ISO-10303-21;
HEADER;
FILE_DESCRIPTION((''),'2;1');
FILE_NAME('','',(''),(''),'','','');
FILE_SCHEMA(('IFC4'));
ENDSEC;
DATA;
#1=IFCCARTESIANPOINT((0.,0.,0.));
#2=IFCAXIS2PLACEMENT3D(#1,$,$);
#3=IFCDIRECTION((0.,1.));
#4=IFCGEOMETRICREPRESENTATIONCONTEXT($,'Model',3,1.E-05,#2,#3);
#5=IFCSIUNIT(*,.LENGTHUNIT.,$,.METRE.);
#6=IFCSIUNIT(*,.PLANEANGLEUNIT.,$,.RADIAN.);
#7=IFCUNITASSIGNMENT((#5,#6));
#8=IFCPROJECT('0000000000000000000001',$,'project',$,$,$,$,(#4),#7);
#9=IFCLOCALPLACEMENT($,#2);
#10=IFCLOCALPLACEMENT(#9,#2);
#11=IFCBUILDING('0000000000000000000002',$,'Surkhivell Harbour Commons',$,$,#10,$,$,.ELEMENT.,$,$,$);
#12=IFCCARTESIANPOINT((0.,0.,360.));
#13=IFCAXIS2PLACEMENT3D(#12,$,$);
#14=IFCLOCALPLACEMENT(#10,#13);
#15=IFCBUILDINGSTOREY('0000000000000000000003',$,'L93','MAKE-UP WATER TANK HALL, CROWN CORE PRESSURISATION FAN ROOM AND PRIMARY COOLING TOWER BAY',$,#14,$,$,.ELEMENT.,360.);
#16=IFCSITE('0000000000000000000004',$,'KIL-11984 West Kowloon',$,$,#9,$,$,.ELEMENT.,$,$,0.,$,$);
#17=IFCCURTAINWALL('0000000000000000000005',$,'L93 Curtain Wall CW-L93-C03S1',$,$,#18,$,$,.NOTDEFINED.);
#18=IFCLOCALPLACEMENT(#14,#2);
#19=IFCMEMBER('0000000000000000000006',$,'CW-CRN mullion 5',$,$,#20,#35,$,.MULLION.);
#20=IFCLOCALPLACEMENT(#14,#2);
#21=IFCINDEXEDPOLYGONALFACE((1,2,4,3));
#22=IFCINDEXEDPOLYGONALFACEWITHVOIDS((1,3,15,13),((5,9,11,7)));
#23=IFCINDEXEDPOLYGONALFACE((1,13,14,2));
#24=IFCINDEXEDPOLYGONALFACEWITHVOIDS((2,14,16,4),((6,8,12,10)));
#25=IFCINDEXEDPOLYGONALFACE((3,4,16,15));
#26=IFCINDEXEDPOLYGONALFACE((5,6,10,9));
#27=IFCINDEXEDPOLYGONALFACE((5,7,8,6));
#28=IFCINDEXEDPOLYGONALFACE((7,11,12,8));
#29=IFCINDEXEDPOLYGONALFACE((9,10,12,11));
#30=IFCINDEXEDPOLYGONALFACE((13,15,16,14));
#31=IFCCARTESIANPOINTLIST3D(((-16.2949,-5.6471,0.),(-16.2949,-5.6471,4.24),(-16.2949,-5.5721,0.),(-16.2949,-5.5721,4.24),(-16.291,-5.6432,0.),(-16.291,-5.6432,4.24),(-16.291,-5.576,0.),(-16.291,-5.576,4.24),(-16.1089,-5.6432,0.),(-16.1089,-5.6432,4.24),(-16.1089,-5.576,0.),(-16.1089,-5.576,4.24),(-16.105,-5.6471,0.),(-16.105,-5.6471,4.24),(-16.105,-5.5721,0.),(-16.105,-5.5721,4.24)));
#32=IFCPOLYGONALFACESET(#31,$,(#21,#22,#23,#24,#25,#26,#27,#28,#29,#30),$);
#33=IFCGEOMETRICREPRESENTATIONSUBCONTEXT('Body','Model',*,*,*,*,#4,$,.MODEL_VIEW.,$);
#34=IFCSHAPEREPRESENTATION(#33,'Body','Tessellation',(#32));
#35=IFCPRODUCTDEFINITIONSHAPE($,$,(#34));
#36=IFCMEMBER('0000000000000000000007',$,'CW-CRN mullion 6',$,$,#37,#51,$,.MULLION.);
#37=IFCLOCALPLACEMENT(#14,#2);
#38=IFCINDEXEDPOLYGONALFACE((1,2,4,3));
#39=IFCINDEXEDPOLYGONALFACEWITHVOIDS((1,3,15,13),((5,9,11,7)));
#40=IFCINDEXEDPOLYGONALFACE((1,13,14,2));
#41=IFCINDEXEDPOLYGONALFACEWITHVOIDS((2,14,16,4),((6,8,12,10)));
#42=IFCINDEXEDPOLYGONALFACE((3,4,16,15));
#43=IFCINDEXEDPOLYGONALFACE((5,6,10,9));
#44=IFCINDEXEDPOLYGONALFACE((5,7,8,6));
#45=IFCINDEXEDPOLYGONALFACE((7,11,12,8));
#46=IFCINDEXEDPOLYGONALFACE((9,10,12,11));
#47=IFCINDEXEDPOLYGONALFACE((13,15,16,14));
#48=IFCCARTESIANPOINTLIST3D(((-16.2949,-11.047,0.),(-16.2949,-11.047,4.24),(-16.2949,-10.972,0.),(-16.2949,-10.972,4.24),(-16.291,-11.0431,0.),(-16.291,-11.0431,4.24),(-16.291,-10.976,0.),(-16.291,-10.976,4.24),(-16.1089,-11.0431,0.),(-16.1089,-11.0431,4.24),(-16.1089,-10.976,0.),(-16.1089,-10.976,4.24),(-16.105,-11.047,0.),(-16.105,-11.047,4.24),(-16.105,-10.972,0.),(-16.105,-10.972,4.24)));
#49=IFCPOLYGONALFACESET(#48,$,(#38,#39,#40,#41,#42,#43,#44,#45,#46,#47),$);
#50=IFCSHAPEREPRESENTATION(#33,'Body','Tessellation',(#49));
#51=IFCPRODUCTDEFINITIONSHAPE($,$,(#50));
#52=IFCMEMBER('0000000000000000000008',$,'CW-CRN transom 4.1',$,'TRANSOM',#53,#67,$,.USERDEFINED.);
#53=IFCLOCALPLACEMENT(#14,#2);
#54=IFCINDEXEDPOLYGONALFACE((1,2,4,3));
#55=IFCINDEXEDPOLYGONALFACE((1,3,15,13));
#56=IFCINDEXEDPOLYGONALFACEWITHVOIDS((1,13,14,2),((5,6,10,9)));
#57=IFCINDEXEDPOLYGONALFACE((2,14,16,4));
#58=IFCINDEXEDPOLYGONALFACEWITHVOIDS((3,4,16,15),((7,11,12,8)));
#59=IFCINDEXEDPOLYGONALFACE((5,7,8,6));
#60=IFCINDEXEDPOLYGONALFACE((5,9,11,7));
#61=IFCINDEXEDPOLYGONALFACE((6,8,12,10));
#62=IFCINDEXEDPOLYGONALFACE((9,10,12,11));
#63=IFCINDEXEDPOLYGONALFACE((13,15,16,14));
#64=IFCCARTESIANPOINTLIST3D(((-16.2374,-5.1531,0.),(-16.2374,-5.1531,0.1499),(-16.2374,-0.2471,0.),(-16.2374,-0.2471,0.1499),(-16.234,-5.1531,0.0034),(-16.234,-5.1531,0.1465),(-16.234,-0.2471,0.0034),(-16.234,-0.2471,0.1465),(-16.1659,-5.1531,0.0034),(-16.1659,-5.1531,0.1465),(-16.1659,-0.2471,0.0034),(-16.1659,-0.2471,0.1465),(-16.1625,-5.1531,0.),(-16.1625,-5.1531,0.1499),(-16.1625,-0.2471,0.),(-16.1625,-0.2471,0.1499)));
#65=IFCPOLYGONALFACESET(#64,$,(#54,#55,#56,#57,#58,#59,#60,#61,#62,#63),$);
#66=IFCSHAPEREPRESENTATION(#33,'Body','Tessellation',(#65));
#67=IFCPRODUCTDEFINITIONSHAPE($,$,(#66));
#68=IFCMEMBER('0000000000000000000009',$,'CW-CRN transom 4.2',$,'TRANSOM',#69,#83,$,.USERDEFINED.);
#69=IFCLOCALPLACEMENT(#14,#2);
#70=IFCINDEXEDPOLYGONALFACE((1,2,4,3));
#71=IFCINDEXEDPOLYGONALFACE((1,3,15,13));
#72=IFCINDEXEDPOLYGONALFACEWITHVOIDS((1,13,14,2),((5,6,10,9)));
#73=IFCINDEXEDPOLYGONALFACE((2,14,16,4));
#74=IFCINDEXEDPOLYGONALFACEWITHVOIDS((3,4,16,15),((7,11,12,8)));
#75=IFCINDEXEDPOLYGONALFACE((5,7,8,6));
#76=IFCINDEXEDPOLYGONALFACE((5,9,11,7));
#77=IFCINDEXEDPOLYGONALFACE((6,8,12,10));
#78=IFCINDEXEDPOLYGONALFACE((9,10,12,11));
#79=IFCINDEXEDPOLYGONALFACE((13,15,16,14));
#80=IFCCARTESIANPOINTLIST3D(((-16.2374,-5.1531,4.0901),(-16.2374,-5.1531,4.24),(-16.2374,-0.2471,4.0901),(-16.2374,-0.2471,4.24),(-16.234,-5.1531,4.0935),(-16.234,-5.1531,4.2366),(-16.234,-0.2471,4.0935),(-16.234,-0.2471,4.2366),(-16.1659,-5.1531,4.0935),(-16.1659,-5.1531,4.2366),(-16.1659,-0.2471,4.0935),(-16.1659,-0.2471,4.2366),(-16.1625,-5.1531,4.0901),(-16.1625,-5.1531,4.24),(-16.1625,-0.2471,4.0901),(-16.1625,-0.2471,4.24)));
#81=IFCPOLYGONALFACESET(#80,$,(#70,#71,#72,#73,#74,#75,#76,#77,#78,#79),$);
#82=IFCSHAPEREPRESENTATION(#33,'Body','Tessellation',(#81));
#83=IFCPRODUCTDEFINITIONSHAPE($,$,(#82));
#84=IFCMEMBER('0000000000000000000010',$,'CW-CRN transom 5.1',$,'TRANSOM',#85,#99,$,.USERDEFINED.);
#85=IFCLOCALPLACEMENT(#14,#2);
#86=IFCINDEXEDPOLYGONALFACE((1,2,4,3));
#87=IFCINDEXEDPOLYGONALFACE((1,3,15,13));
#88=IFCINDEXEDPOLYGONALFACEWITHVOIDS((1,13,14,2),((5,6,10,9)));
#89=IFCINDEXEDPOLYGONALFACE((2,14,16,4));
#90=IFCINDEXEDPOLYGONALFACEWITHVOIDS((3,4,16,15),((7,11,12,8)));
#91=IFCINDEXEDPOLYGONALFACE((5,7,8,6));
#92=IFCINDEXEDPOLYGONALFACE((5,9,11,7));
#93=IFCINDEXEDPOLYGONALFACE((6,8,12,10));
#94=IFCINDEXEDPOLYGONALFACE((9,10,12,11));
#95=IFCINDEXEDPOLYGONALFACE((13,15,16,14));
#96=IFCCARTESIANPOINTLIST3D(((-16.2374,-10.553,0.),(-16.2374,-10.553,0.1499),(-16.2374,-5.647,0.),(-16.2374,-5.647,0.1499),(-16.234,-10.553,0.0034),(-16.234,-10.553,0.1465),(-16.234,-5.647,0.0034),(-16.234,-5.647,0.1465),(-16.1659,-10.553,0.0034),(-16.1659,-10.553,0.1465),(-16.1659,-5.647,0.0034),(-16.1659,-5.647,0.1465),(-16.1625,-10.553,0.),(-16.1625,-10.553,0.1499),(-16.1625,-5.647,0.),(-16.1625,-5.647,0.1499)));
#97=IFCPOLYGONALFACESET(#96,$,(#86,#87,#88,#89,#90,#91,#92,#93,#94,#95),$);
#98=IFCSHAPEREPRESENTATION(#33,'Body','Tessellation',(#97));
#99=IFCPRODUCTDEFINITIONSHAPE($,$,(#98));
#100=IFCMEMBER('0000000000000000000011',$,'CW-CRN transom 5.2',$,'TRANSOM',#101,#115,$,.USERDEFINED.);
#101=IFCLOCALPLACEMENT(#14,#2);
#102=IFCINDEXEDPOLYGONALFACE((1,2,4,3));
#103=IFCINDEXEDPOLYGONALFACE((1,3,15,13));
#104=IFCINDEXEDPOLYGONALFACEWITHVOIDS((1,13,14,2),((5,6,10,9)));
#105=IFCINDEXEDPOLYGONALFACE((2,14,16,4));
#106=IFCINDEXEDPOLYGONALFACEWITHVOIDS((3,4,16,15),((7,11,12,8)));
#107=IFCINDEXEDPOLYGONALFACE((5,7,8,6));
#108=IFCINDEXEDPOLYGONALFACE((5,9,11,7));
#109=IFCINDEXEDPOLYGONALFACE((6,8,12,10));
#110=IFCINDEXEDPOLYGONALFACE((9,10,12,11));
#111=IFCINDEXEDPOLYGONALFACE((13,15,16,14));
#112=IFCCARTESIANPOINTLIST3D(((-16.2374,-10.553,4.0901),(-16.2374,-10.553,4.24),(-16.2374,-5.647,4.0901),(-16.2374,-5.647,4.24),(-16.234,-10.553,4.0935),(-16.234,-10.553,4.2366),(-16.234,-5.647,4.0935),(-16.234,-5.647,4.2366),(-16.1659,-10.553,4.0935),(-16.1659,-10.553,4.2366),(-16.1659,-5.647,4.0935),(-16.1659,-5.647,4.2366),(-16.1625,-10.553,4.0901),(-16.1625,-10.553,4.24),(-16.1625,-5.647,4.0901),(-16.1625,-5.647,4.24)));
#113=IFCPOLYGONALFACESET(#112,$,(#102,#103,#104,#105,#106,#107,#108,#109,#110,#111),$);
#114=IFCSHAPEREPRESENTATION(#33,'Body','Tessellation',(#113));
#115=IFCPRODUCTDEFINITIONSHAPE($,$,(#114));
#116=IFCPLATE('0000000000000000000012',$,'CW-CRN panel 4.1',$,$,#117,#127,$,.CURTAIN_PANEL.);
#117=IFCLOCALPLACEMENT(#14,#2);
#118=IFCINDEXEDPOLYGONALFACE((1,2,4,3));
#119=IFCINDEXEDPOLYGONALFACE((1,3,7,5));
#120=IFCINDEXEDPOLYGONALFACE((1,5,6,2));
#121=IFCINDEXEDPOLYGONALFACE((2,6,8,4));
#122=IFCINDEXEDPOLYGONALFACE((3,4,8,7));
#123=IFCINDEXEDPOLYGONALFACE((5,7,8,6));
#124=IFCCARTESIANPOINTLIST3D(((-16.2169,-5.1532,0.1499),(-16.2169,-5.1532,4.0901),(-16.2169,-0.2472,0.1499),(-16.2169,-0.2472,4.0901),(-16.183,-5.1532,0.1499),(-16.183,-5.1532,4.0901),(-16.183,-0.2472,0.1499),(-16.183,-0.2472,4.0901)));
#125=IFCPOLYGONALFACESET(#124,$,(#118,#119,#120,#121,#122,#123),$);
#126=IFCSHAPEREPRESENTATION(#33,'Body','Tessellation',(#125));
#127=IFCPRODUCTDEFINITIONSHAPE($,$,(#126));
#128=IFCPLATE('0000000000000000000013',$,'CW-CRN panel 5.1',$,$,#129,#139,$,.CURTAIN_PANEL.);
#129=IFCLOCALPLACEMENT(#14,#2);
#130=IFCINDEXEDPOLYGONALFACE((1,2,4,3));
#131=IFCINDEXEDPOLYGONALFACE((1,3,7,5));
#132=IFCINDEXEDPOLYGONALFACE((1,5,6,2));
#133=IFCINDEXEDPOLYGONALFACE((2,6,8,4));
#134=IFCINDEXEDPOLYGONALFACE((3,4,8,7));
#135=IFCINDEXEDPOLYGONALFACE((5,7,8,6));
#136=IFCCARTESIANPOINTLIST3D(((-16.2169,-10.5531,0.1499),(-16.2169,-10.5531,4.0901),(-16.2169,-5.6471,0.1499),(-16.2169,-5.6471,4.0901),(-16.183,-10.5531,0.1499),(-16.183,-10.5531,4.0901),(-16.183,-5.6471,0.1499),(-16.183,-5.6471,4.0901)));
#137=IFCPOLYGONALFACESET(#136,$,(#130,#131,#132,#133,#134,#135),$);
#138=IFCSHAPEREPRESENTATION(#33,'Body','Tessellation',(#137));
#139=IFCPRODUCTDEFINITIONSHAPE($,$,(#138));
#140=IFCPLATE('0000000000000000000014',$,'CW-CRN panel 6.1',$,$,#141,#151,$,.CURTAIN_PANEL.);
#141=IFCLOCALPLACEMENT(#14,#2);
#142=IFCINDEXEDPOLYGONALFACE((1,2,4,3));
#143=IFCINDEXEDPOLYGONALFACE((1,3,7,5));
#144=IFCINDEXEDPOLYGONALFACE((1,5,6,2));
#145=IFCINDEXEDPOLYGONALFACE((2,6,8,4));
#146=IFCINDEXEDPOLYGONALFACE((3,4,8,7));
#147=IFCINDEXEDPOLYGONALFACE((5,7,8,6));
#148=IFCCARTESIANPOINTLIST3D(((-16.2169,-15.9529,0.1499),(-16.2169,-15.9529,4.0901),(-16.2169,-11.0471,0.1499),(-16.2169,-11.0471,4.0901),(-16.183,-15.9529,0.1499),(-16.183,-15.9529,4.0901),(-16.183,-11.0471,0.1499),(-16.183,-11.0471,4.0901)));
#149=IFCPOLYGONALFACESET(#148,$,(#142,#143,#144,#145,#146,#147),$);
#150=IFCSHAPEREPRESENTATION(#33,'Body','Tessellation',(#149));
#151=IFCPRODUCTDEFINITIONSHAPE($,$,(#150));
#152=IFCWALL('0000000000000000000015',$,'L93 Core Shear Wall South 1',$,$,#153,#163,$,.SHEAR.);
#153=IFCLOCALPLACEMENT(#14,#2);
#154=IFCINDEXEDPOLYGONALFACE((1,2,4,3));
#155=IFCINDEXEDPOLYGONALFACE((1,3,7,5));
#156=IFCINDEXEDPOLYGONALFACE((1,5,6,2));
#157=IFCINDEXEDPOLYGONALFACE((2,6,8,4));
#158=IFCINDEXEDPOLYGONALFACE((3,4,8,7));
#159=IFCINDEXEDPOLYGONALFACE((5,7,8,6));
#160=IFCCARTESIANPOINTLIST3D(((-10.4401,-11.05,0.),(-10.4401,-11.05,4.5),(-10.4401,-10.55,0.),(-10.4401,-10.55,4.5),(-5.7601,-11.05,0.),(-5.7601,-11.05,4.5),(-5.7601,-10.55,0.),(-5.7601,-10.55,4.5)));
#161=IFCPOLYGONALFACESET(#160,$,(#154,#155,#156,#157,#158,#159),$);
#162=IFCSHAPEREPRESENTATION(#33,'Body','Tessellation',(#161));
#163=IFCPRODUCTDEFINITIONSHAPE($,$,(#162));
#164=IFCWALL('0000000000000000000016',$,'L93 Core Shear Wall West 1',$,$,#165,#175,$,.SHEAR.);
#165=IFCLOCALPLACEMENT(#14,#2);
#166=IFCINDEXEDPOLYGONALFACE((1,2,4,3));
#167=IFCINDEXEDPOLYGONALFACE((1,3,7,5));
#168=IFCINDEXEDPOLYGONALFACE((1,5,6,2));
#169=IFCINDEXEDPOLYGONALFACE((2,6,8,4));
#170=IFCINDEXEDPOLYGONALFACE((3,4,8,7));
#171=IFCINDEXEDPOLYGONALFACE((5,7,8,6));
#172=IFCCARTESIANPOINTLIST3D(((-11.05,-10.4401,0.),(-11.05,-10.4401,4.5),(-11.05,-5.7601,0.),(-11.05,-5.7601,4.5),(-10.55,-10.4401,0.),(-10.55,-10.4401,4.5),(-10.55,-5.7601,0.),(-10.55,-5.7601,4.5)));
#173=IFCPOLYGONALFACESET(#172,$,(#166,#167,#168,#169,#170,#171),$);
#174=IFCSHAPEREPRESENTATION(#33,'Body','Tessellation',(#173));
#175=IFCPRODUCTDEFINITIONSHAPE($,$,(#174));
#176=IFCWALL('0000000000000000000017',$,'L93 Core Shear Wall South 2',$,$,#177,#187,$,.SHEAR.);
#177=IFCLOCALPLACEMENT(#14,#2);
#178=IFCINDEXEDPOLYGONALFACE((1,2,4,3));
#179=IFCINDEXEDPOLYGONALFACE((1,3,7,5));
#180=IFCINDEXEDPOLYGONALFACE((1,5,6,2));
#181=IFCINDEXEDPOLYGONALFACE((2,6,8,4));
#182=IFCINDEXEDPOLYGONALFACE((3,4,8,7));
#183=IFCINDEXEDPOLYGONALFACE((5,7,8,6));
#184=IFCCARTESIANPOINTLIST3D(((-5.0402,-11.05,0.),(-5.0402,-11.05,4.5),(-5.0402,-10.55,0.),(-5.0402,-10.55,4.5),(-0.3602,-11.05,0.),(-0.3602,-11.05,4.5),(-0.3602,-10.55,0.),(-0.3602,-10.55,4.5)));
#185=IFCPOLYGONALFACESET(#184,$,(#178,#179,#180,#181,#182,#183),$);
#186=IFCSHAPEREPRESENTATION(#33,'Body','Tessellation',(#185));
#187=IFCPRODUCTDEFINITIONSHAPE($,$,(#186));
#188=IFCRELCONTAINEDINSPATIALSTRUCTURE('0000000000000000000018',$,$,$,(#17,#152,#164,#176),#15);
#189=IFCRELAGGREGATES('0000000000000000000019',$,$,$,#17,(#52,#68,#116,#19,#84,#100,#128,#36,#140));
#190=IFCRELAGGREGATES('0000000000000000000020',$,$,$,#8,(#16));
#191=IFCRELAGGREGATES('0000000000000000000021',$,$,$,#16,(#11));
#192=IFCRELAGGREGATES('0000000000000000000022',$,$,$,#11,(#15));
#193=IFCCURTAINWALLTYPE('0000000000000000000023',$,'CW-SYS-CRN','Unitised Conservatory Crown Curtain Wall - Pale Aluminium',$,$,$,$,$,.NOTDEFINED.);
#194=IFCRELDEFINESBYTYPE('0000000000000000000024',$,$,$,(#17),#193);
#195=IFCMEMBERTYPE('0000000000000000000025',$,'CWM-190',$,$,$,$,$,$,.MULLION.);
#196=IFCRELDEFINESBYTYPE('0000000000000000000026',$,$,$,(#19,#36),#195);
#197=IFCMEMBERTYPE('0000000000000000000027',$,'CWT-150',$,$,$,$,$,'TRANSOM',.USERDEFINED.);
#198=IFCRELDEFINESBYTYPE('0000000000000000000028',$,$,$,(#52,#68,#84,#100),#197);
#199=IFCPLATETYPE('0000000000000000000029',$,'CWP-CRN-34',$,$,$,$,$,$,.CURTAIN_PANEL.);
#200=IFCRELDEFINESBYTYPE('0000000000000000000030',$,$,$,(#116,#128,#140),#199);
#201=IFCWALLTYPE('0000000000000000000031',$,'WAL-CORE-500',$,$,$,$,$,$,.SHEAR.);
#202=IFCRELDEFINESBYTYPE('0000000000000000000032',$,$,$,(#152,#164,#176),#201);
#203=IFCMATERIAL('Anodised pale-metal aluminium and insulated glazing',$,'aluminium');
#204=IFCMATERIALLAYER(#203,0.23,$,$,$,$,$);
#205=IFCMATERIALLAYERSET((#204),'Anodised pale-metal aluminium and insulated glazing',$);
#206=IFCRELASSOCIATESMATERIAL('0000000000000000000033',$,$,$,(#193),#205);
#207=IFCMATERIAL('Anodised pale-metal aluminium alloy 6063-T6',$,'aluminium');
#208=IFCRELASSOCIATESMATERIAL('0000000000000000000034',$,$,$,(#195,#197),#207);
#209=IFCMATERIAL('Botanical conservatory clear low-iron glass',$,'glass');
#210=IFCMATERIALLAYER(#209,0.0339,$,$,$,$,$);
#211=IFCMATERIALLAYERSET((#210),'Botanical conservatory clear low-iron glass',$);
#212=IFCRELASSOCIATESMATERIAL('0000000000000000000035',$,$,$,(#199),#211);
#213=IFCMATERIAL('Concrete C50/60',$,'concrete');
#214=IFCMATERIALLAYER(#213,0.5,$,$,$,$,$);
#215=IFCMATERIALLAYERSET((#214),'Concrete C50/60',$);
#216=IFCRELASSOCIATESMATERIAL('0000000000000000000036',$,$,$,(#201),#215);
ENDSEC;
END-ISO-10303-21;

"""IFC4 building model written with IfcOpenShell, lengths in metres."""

from ifc_helpers import new_model, si_unit, direction, frame, frame_2d, origin, origin_2d, place, context, subcontext, project, spatial, rectangle, hollow_rectangle, extrude, material, layer, layer_set, material_profile, profile_set, type_object, element, aggregate, save


model = new_model("IFC4")

# Units and contexts
model_context = context("Model", 3, precision=1e-05, world=origin(), true_north=direction((0.0, 1.0)))
body_context = subcontext(model_context, "Body", "Model", "MODEL_VIEW")
ifc_project = project(units=[si_unit("LENGTHUNIT", "METRE"), si_unit("PLANEANGLEUNIT", "RADIAN")], contexts=[model_context])

# Site, building, storey
site_placement = place(None, origin())
site = spatial("IfcSite", under=ifc_project, at=site_placement, Name="KIL-11984 West Kowloon", CompositionType="ELEMENT", RefElevation=0.0)
building_placement = place(site_placement, origin())
building = spatial("IfcBuilding", under=site, at=building_placement, Name="Surkhivell Harbour Commons", CompositionType="ELEMENT")
storey_placement = place(building_placement, frame((0.0, 0.0, 360.0)))
storey = spatial("IfcBuildingStorey", under=building, at=storey_placement, Name="L93", Description="MAKE-UP WATER TANK HALL, CROWN CORE PRESSURISATION FAN ROOM AND PRIMARY COOLING TOWER BAY", CompositionType="ELEMENT", Elevation=360.0)

# Shared definitions
ifc_material_1 = material(Name="Concrete C50/60", Category="concrete")

# Curtain wall, members, plates
ifc_material_2 = material(Name="Anodised pale-metal aluminium and insulated glazing", Category="aluminium")
ifc_layer_1 = layer(ifc_material_2, 0.23)
ifc_layer_set_1 = layer_set([ifc_layer_1], Name="Anodised pale-metal aluminium and insulated glazing")
curtain_wall_type = type_object("IfcCurtainWallType", Name="CW-SYS-CRN", Description="Unitised Conservatory Crown Curtain Wall - Pale Aluminium", PredefinedType="NOTDEFINED", material=ifc_layer_set_1)
curtain_wall_placement = place(storey_placement, origin())
curtain_wall = element("IfcCurtainWall", 1, at=curtain_wall_placement, inside=storey, type_object=curtain_wall_type, Name="L93 Curtain Wall CW-L93-C03S1", PredefinedType="NOTDEFINED")
ifc_material_3 = material(Name="Anodised pale-metal aluminium alloy 6063-T6", Category="aluminium")
ifc_material_profile_1 = material_profile(ifc_material_3, hollow_rectangle(XDim=0.075, YDim=0.1899, WallThickness=0.0039, at=origin_2d()), Name="ALU-MULL-75x190")
ifc_profile_set_1 = profile_set([ifc_material_profile_1], Name="Anodised pale-metal aluminium alloy 6063-T6")
member_type_1 = type_object("IfcMemberType", Name="CWM-190", PredefinedType="MULLION", material=ifc_profile_set_1)
member_1_placement = place(storey_placement, frame((-16.2, -5.6096, 0.0), z_axis=(0.0, 0.0, 1.0), x_axis=(0.0, -1.0, 0.0)))
member_1 = element("IfcMember", 2, at=member_1_placement, type_object=member_type_1, Name="CW-CRN mullion 5", PredefinedType="MULLION", context=body_context, shape_type="SweptSolid", body=[
    extrude(hollow_rectangle(XDim=0.075, YDim=0.1899, WallThickness=0.0039, at=origin_2d()), origin(), (0.0, 0.0, 1.0), 4.24),
])
member_2_placement = place(storey_placement, frame((-16.2, -11.0095, 0.0), z_axis=(0.0, 0.0, 1.0), x_axis=(0.0, -1.0, 0.0)))
member_2 = element("IfcMember", 3, at=member_2_placement, type_object=member_type_1, Name="CW-CRN mullion 6", PredefinedType="MULLION", context=body_context, shape_type="SweptSolid", body=[
    extrude(hollow_rectangle(XDim=0.075, YDim=0.1899, WallThickness=0.0039, at=origin_2d()), origin(), (0.0, 0.0, 1.0), 4.24),
])
ifc_material_profile_2 = material_profile(ifc_material_3, hollow_rectangle(XDim=0.075, YDim=0.1499, WallThickness=0.0034, at=origin_2d()), Name="ALU-TRAN-75x150")
ifc_profile_set_2 = profile_set([ifc_material_profile_2], Name="Anodised pale-metal aluminium alloy 6063-T6")
member_type_2 = type_object("IfcMemberType", Name="CWT-150", ElementType="TRANSOM", PredefinedType="USERDEFINED", material=ifc_profile_set_2)
member_3_placement = place(storey_placement, frame((-16.2, -0.2471, 0.075), z_axis=(0.0, -1.0, 0.0), x_axis=(1.0, 0.0, 0.0)))
member_3 = element("IfcMember", 4, at=member_3_placement, type_object=member_type_2, Name="CW-CRN transom 4.1", ObjectType="TRANSOM", PredefinedType="USERDEFINED", context=body_context, shape_type="SweptSolid", body=[
    extrude(hollow_rectangle(XDim=0.075, YDim=0.1499, WallThickness=0.0034, at=origin_2d()), origin(), (0.0, 0.0, 1.0), 4.906),
])
member_4_placement = place(storey_placement, frame((-16.2, -0.2471, 4.165), z_axis=(0.0, -1.0, 0.0), x_axis=(1.0, 0.0, 0.0)))
member_4 = element("IfcMember", 5, at=member_4_placement, type_object=member_type_2, Name="CW-CRN transom 4.2", ObjectType="TRANSOM", PredefinedType="USERDEFINED", context=body_context, shape_type="SweptSolid", body=[
    extrude(hollow_rectangle(XDim=0.075, YDim=0.1499, WallThickness=0.0034, at=origin_2d()), origin(), (0.0, 0.0, 1.0), 4.906),
])
member_5_placement = place(storey_placement, frame((-16.2, -5.647, 0.075), z_axis=(0.0, -1.0, 0.0), x_axis=(1.0, 0.0, 0.0)))
member_5 = element("IfcMember", 6, at=member_5_placement, type_object=member_type_2, Name="CW-CRN transom 5.1", ObjectType="TRANSOM", PredefinedType="USERDEFINED", context=body_context, shape_type="SweptSolid", body=[
    extrude(hollow_rectangle(XDim=0.075, YDim=0.1499, WallThickness=0.0034, at=origin_2d()), origin(), (0.0, 0.0, 1.0), 4.906),
])
member_6_placement = place(storey_placement, frame((-16.2, -5.647, 4.165), z_axis=(0.0, -1.0, 0.0), x_axis=(1.0, 0.0, 0.0)))
member_6 = element("IfcMember", 7, at=member_6_placement, type_object=member_type_2, Name="CW-CRN transom 5.2", ObjectType="TRANSOM", PredefinedType="USERDEFINED", context=body_context, shape_type="SweptSolid", body=[
    extrude(hollow_rectangle(XDim=0.075, YDim=0.1499, WallThickness=0.0034, at=origin_2d()), origin(), (0.0, 0.0, 1.0), 4.906),
])
ifc_material_4 = material(Name="Botanical conservatory clear low-iron glass", Category="glass")
ifc_layer_2 = layer(ifc_material_4, 0.0339)
ifc_layer_set_2 = layer_set([ifc_layer_2], Name="Botanical conservatory clear low-iron glass")
plate_type = type_object("IfcPlateType", Name="CWP-CRN-34", PredefinedType="CURTAIN_PANEL", material=ifc_layer_set_2)
plate_1_placement = place(storey_placement, frame((-16.2, -0.2471, 0.1499), z_axis=(0.0, 0.0, 1.0), x_axis=(0.0, -1.0, 0.0)))
plate_1 = element("IfcPlate", 8, at=plate_1_placement, type_object=plate_type, Name="CW-CRN panel 4.1", PredefinedType="CURTAIN_PANEL", context=body_context, shape_type="SweptSolid", body=[
    extrude(rectangle(XDim=4.906, YDim=0.0339, at=frame_2d((2.4531, 0.0))), origin(), (0.0, 0.0, 1.0), 3.9402),
])
plate_2_placement = place(storey_placement, frame((-16.2, -5.647, 0.1499), z_axis=(0.0, 0.0, 1.0), x_axis=(0.0, -1.0, 0.0)))
plate_2 = element("IfcPlate", 9, at=plate_2_placement, type_object=plate_type, Name="CW-CRN panel 5.1", PredefinedType="CURTAIN_PANEL", context=body_context, shape_type="SweptSolid", body=[
    extrude(rectangle(XDim=4.906, YDim=0.0339, at=frame_2d((2.4531, 0.0))), origin(), (0.0, 0.0, 1.0), 3.9402),
])
plate_3_placement = place(storey_placement, frame((-16.2, -11.0471, 0.1499), z_axis=(0.0, 0.0, 1.0), x_axis=(0.0, -1.0, 0.0)))
plate_3 = element("IfcPlate", 10, at=plate_3_placement, type_object=plate_type, Name="CW-CRN panel 6.1", PredefinedType="CURTAIN_PANEL", context=body_context, shape_type="SweptSolid", body=[
    extrude(rectangle(XDim=4.9058, YDim=0.0339, at=frame_2d((2.4529, 0.0))), origin(), (0.0, 0.0, 1.0), 3.9402),
])
aggregate(curtain_wall, [member_3, member_4, plate_1, member_1, member_5, member_6, plate_2, member_2, plate_3])

# Walls
ifc_layer_3 = layer(ifc_material_1, 0.5)
ifc_layer_set_3 = layer_set([ifc_layer_3], Name="Concrete C50/60")
wall_type_1 = type_object("IfcWallType", Name="WAL-CORE-500", PredefinedType="SHEAR", material=ifc_layer_set_3)
for number, where, z_axis, x_axis, name in (
    (11, (-10.4399, -10.8, 0.0), (0.0, 0.0, 1.0), (1.0, 0.0, 0.0), "L93 Core Shear Wall South 1"),
    (12, (-10.8, -10.4399, 0.0), (0.0, 0.0, 1.0), (0.0, 1.0, 0.0), "L93 Core Shear Wall West 1"),
    (13, (-5.04, -10.8, 0.0), (0.0, 0.0, 1.0), (1.0, 0.0, 0.0), "L93 Core Shear Wall South 2"),
):
    element("IfcWall", number, at=place(storey_placement, frame(where, z_axis=z_axis, x_axis=x_axis)), inside=storey, type_object=wall_type_1, Name=name, PredefinedType="SHEAR", context=body_context, shape_type="SweptSolid", body=[
        extrude(rectangle(XDim=4.6799, YDim=0.5, at=frame_2d((2.3398, 0.0))), origin(), (0.0, 0.0, 1.0), 4.5),
    ])

save(model, "model.ifc")
